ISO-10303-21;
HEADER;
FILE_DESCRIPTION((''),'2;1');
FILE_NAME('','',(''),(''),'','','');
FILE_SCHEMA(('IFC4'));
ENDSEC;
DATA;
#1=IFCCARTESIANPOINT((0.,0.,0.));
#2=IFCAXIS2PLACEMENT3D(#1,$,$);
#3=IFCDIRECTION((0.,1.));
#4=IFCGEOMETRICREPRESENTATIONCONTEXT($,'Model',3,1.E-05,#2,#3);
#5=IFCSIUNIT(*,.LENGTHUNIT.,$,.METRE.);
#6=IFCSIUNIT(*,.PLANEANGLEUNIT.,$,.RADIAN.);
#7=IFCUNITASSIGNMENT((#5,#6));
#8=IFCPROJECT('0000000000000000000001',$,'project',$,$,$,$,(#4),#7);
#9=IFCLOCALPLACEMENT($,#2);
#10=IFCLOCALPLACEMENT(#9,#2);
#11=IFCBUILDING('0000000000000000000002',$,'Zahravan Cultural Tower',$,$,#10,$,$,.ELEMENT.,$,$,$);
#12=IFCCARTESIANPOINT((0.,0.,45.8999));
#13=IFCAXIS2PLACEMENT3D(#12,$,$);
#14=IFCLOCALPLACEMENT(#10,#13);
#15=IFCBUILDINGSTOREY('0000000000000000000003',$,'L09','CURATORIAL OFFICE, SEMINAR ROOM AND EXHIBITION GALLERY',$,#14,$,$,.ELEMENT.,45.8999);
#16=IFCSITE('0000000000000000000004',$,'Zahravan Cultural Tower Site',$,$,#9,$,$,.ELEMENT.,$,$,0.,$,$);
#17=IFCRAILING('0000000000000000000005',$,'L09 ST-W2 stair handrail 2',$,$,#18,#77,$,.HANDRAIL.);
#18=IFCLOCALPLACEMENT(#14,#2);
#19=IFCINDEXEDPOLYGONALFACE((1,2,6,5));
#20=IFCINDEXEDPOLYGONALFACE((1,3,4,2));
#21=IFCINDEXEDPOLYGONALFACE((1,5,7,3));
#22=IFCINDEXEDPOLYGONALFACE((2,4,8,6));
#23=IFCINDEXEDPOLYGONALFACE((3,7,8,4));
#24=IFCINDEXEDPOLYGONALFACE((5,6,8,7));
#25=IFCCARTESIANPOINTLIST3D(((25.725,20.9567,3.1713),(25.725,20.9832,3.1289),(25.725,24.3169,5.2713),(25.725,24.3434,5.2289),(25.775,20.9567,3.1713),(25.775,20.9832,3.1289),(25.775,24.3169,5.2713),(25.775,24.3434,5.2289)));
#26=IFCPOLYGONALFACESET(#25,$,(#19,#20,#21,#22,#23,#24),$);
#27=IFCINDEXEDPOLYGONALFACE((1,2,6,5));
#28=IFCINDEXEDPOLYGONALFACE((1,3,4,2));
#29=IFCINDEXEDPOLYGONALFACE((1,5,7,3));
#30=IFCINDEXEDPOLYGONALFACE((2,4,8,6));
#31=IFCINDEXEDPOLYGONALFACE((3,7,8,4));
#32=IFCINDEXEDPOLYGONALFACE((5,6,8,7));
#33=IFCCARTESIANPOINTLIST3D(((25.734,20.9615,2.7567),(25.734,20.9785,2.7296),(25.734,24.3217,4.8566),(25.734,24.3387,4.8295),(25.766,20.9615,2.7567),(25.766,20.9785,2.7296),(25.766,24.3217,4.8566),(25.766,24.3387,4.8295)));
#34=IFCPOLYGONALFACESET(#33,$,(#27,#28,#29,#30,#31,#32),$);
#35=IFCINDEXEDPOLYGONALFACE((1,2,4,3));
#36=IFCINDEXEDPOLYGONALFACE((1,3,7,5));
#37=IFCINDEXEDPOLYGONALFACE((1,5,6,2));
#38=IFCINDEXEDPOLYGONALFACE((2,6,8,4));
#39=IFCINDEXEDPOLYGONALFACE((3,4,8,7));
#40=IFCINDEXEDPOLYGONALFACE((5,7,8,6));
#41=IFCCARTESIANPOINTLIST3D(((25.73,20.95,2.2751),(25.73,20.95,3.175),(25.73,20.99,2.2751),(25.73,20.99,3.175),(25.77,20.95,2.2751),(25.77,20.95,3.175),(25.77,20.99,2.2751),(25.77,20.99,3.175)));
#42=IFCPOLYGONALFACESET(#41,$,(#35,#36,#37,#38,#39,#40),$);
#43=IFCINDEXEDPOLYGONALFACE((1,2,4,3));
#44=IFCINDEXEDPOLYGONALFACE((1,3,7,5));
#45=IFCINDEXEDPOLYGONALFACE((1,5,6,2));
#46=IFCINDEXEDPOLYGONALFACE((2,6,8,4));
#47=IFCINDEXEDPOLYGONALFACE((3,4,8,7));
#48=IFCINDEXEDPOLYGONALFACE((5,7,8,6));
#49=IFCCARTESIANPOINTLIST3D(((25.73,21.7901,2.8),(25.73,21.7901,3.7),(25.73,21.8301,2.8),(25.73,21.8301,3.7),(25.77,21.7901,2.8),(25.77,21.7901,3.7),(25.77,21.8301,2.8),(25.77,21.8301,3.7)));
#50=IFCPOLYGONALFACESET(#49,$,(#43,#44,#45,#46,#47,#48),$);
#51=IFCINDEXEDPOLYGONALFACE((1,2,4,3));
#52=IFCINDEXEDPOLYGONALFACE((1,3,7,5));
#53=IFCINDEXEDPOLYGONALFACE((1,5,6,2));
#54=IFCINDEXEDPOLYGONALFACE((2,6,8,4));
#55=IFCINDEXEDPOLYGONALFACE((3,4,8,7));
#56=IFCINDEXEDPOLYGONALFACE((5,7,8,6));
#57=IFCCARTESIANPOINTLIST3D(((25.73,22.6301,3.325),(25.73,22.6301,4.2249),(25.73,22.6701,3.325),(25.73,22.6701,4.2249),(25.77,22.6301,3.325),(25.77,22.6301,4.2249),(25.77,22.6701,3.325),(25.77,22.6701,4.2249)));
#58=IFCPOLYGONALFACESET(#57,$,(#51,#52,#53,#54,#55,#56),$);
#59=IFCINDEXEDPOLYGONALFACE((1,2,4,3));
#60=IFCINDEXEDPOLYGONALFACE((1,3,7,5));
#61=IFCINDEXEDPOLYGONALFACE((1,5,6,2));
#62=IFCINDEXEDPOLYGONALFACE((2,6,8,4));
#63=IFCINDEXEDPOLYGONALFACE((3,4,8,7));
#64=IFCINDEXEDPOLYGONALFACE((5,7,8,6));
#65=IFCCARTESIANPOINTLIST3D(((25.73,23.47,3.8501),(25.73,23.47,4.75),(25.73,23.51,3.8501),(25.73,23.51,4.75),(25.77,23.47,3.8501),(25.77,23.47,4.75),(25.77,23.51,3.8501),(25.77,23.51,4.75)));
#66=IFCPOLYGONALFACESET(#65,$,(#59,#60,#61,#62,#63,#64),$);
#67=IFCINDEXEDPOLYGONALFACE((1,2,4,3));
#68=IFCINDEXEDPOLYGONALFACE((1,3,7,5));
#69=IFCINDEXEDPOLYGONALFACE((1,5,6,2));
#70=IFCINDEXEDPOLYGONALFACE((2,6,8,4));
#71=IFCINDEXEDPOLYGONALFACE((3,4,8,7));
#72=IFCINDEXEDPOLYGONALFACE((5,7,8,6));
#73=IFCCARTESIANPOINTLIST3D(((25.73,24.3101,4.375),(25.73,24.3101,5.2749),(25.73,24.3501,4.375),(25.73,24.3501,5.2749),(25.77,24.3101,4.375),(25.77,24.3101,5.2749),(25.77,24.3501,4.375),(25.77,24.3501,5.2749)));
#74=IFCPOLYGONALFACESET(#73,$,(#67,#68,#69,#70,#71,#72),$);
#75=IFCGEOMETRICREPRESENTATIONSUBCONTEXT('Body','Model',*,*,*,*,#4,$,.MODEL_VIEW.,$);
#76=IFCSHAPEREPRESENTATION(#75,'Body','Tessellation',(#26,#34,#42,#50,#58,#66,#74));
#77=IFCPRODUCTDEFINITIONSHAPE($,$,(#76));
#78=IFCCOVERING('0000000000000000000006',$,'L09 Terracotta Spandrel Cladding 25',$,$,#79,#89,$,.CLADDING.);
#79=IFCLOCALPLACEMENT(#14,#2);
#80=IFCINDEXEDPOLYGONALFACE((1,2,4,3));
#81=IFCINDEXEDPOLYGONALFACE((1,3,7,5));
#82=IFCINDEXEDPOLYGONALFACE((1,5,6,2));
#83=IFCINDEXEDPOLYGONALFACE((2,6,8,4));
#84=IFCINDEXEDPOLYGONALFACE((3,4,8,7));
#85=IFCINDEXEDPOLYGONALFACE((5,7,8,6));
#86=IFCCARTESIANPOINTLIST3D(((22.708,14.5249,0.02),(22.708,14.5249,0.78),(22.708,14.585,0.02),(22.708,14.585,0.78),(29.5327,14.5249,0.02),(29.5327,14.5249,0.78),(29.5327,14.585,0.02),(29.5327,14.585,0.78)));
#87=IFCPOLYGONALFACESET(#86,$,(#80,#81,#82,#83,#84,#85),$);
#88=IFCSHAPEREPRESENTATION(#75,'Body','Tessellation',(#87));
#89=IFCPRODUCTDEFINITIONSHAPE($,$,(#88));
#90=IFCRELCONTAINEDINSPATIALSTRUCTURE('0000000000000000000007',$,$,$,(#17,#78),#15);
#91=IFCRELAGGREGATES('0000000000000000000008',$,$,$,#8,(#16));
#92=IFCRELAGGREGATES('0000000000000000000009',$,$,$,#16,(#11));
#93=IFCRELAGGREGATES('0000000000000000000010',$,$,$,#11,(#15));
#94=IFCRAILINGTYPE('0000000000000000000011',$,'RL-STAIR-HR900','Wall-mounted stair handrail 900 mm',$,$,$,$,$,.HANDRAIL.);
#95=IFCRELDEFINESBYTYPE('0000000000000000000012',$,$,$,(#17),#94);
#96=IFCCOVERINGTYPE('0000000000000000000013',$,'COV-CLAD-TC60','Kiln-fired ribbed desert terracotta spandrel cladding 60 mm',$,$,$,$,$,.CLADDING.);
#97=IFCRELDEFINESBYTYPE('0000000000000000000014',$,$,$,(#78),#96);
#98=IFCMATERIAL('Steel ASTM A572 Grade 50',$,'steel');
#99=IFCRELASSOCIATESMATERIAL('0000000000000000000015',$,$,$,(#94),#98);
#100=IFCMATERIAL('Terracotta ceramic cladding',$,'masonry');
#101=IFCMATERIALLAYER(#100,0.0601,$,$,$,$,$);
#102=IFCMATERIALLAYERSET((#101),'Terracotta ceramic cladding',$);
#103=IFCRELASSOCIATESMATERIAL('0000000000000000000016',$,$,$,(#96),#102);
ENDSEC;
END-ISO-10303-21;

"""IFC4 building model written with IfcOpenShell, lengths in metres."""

from ifc_helpers import new_model, si_unit, direction, frame, origin, origin_2d, place, context, subcontext, project, spatial, rectangle, extrude, source, transform, mapped, material, layer, layer_set, type_object, element, save


model = new_model("IFC4")

# Units and contexts
model_context = context("Model", 3, precision=1e-05, world=origin(), true_north=direction((0.0, 1.0)))
body_context = subcontext(model_context, "Body", "Model", "MODEL_VIEW")
ifc_project = project(units=[si_unit("LENGTHUNIT", "METRE"), si_unit("PLANEANGLEUNIT", "RADIAN")], contexts=[model_context])

# Site, building, storey
site_placement = place(None, origin())
site = spatial("IfcSite", under=ifc_project, at=site_placement, Name="Zahravan Cultural Tower Site", CompositionType="ELEMENT", RefElevation=0.0)
building_placement = place(site_placement, origin())
building = spatial("IfcBuilding", under=site, at=building_placement, Name="Zahravan Cultural Tower", CompositionType="ELEMENT")
storey_placement = place(building_placement, frame((0.0, 0.0, 45.8999)))
storey = spatial("IfcBuildingStorey", under=building, at=storey_placement, Name="L09", Description="CURATORIAL OFFICE, SEMINAR ROOM AND EXHIBITION GALLERY", CompositionType="ELEMENT", Elevation=45.8999)

# Shared definitions
ifc_material_1 = material(Name="Steel ASTM A572 Grade 50", Category="steel")

# Railing
railing_type_1 = type_object("IfcRailingType", Name="RL-STAIR-HR900", Description="Wall-mounted stair handrail 900 mm", PredefinedType="HANDRAIL", material=ifc_material_1)
railing_1_placement = place(storey_placement, frame((25.75, 20.97, 2.2751)))
element("IfcRailing", 1, at=railing_1_placement, inside=storey, type_object=railing_type_1, Name="L09 ST-W2 stair handrail 2", PredefinedType="HANDRAIL", context=body_context, shape_type="SweptSolid", body=[
    extrude(rectangle(XDim=0.05, YDim=0.05, at=origin_2d()), frame((0.0, 0.0, 0.875), z_axis=(0.0, 0.848023, 0.52996), x_axis=(-1.0, 0.0, 0.0)), (0.0, 0.0, 1.0), 3.9624),
    extrude(rectangle(XDim=0.032, YDim=0.032, at=origin_2d()), frame((0.0, 0.0, 0.468), z_axis=(0.0, 0.848023, 0.52996), x_axis=(-1.0, 0.0, 0.0)), (0.0, 0.0, 1.0), 3.9624),
    extrude(rectangle(XDim=0.04, YDim=0.04, at=origin_2d()), origin(), (0.0, 0.0, 1.0), 0.8999),
    extrude(rectangle(XDim=0.04, YDim=0.04, at=origin_2d()), frame((0.0, 0.8401, 0.5249)), (0.0, 0.0, 1.0), 0.8999),
    extrude(rectangle(XDim=0.04, YDim=0.04, at=origin_2d()), frame((0.0, 1.6802, 1.0498)), (0.0, 0.0, 1.0), 0.8999),
    extrude(rectangle(XDim=0.04, YDim=0.04, at=origin_2d()), frame((0.0, 2.52, 1.575)), (0.0, 0.0, 1.0), 0.8999),
    extrude(rectangle(XDim=0.04, YDim=0.04, at=origin_2d()), frame((0.0, 3.3601, 2.0999)), (0.0, 0.0, 1.0), 0.8999),
])

# Covering
ifc_material_2 = material(Name="Terracotta ceramic cladding", Category="masonry")
ifc_layer_1 = layer(ifc_material_2, 0.0601)
ifc_layer_set_1 = layer_set([ifc_layer_1], Name="Terracotta ceramic cladding")
covering_type = type_object("IfcCoveringType", Name="COV-CLAD-TC60", Description="Kiln-fired ribbed desert terracotta spandrel cladding 60 mm", PredefinedType="CLADDING", material=ifc_layer_set_1)
shared_shape_1 = source(origin(), body_context, "Body", "SweptSolid", [
    extrude(rectangle(XDim=6.8247, YDim=0.0601, at=origin_2d()), origin(), (0.0, 0.0, 1.0), 0.76),
])
covering_placement = place(storey_placement, frame((26.1204, 14.5549, 0.02), z_axis=(0.0, 0.0, 1.0), x_axis=(-1.0, 0.0, 0.0)))
element("IfcCovering", 2, at=covering_placement, inside=storey, type_object=covering_type, Name="L09 Terracotta Spandrel Cladding 25", PredefinedType="CLADDING", context=body_context, shape_type="MappedRepresentation", body=[
    mapped(shared_shape_1, transform((0.0, 0.0, 0.0), x_axis=(1.0, 0.0, 0.0), y_axis=(0.0, 1.0, 0.0), z_axis=(0.0, 0.0, 1.0), scale=1.0)),
])

save(model, "model.ifc")
